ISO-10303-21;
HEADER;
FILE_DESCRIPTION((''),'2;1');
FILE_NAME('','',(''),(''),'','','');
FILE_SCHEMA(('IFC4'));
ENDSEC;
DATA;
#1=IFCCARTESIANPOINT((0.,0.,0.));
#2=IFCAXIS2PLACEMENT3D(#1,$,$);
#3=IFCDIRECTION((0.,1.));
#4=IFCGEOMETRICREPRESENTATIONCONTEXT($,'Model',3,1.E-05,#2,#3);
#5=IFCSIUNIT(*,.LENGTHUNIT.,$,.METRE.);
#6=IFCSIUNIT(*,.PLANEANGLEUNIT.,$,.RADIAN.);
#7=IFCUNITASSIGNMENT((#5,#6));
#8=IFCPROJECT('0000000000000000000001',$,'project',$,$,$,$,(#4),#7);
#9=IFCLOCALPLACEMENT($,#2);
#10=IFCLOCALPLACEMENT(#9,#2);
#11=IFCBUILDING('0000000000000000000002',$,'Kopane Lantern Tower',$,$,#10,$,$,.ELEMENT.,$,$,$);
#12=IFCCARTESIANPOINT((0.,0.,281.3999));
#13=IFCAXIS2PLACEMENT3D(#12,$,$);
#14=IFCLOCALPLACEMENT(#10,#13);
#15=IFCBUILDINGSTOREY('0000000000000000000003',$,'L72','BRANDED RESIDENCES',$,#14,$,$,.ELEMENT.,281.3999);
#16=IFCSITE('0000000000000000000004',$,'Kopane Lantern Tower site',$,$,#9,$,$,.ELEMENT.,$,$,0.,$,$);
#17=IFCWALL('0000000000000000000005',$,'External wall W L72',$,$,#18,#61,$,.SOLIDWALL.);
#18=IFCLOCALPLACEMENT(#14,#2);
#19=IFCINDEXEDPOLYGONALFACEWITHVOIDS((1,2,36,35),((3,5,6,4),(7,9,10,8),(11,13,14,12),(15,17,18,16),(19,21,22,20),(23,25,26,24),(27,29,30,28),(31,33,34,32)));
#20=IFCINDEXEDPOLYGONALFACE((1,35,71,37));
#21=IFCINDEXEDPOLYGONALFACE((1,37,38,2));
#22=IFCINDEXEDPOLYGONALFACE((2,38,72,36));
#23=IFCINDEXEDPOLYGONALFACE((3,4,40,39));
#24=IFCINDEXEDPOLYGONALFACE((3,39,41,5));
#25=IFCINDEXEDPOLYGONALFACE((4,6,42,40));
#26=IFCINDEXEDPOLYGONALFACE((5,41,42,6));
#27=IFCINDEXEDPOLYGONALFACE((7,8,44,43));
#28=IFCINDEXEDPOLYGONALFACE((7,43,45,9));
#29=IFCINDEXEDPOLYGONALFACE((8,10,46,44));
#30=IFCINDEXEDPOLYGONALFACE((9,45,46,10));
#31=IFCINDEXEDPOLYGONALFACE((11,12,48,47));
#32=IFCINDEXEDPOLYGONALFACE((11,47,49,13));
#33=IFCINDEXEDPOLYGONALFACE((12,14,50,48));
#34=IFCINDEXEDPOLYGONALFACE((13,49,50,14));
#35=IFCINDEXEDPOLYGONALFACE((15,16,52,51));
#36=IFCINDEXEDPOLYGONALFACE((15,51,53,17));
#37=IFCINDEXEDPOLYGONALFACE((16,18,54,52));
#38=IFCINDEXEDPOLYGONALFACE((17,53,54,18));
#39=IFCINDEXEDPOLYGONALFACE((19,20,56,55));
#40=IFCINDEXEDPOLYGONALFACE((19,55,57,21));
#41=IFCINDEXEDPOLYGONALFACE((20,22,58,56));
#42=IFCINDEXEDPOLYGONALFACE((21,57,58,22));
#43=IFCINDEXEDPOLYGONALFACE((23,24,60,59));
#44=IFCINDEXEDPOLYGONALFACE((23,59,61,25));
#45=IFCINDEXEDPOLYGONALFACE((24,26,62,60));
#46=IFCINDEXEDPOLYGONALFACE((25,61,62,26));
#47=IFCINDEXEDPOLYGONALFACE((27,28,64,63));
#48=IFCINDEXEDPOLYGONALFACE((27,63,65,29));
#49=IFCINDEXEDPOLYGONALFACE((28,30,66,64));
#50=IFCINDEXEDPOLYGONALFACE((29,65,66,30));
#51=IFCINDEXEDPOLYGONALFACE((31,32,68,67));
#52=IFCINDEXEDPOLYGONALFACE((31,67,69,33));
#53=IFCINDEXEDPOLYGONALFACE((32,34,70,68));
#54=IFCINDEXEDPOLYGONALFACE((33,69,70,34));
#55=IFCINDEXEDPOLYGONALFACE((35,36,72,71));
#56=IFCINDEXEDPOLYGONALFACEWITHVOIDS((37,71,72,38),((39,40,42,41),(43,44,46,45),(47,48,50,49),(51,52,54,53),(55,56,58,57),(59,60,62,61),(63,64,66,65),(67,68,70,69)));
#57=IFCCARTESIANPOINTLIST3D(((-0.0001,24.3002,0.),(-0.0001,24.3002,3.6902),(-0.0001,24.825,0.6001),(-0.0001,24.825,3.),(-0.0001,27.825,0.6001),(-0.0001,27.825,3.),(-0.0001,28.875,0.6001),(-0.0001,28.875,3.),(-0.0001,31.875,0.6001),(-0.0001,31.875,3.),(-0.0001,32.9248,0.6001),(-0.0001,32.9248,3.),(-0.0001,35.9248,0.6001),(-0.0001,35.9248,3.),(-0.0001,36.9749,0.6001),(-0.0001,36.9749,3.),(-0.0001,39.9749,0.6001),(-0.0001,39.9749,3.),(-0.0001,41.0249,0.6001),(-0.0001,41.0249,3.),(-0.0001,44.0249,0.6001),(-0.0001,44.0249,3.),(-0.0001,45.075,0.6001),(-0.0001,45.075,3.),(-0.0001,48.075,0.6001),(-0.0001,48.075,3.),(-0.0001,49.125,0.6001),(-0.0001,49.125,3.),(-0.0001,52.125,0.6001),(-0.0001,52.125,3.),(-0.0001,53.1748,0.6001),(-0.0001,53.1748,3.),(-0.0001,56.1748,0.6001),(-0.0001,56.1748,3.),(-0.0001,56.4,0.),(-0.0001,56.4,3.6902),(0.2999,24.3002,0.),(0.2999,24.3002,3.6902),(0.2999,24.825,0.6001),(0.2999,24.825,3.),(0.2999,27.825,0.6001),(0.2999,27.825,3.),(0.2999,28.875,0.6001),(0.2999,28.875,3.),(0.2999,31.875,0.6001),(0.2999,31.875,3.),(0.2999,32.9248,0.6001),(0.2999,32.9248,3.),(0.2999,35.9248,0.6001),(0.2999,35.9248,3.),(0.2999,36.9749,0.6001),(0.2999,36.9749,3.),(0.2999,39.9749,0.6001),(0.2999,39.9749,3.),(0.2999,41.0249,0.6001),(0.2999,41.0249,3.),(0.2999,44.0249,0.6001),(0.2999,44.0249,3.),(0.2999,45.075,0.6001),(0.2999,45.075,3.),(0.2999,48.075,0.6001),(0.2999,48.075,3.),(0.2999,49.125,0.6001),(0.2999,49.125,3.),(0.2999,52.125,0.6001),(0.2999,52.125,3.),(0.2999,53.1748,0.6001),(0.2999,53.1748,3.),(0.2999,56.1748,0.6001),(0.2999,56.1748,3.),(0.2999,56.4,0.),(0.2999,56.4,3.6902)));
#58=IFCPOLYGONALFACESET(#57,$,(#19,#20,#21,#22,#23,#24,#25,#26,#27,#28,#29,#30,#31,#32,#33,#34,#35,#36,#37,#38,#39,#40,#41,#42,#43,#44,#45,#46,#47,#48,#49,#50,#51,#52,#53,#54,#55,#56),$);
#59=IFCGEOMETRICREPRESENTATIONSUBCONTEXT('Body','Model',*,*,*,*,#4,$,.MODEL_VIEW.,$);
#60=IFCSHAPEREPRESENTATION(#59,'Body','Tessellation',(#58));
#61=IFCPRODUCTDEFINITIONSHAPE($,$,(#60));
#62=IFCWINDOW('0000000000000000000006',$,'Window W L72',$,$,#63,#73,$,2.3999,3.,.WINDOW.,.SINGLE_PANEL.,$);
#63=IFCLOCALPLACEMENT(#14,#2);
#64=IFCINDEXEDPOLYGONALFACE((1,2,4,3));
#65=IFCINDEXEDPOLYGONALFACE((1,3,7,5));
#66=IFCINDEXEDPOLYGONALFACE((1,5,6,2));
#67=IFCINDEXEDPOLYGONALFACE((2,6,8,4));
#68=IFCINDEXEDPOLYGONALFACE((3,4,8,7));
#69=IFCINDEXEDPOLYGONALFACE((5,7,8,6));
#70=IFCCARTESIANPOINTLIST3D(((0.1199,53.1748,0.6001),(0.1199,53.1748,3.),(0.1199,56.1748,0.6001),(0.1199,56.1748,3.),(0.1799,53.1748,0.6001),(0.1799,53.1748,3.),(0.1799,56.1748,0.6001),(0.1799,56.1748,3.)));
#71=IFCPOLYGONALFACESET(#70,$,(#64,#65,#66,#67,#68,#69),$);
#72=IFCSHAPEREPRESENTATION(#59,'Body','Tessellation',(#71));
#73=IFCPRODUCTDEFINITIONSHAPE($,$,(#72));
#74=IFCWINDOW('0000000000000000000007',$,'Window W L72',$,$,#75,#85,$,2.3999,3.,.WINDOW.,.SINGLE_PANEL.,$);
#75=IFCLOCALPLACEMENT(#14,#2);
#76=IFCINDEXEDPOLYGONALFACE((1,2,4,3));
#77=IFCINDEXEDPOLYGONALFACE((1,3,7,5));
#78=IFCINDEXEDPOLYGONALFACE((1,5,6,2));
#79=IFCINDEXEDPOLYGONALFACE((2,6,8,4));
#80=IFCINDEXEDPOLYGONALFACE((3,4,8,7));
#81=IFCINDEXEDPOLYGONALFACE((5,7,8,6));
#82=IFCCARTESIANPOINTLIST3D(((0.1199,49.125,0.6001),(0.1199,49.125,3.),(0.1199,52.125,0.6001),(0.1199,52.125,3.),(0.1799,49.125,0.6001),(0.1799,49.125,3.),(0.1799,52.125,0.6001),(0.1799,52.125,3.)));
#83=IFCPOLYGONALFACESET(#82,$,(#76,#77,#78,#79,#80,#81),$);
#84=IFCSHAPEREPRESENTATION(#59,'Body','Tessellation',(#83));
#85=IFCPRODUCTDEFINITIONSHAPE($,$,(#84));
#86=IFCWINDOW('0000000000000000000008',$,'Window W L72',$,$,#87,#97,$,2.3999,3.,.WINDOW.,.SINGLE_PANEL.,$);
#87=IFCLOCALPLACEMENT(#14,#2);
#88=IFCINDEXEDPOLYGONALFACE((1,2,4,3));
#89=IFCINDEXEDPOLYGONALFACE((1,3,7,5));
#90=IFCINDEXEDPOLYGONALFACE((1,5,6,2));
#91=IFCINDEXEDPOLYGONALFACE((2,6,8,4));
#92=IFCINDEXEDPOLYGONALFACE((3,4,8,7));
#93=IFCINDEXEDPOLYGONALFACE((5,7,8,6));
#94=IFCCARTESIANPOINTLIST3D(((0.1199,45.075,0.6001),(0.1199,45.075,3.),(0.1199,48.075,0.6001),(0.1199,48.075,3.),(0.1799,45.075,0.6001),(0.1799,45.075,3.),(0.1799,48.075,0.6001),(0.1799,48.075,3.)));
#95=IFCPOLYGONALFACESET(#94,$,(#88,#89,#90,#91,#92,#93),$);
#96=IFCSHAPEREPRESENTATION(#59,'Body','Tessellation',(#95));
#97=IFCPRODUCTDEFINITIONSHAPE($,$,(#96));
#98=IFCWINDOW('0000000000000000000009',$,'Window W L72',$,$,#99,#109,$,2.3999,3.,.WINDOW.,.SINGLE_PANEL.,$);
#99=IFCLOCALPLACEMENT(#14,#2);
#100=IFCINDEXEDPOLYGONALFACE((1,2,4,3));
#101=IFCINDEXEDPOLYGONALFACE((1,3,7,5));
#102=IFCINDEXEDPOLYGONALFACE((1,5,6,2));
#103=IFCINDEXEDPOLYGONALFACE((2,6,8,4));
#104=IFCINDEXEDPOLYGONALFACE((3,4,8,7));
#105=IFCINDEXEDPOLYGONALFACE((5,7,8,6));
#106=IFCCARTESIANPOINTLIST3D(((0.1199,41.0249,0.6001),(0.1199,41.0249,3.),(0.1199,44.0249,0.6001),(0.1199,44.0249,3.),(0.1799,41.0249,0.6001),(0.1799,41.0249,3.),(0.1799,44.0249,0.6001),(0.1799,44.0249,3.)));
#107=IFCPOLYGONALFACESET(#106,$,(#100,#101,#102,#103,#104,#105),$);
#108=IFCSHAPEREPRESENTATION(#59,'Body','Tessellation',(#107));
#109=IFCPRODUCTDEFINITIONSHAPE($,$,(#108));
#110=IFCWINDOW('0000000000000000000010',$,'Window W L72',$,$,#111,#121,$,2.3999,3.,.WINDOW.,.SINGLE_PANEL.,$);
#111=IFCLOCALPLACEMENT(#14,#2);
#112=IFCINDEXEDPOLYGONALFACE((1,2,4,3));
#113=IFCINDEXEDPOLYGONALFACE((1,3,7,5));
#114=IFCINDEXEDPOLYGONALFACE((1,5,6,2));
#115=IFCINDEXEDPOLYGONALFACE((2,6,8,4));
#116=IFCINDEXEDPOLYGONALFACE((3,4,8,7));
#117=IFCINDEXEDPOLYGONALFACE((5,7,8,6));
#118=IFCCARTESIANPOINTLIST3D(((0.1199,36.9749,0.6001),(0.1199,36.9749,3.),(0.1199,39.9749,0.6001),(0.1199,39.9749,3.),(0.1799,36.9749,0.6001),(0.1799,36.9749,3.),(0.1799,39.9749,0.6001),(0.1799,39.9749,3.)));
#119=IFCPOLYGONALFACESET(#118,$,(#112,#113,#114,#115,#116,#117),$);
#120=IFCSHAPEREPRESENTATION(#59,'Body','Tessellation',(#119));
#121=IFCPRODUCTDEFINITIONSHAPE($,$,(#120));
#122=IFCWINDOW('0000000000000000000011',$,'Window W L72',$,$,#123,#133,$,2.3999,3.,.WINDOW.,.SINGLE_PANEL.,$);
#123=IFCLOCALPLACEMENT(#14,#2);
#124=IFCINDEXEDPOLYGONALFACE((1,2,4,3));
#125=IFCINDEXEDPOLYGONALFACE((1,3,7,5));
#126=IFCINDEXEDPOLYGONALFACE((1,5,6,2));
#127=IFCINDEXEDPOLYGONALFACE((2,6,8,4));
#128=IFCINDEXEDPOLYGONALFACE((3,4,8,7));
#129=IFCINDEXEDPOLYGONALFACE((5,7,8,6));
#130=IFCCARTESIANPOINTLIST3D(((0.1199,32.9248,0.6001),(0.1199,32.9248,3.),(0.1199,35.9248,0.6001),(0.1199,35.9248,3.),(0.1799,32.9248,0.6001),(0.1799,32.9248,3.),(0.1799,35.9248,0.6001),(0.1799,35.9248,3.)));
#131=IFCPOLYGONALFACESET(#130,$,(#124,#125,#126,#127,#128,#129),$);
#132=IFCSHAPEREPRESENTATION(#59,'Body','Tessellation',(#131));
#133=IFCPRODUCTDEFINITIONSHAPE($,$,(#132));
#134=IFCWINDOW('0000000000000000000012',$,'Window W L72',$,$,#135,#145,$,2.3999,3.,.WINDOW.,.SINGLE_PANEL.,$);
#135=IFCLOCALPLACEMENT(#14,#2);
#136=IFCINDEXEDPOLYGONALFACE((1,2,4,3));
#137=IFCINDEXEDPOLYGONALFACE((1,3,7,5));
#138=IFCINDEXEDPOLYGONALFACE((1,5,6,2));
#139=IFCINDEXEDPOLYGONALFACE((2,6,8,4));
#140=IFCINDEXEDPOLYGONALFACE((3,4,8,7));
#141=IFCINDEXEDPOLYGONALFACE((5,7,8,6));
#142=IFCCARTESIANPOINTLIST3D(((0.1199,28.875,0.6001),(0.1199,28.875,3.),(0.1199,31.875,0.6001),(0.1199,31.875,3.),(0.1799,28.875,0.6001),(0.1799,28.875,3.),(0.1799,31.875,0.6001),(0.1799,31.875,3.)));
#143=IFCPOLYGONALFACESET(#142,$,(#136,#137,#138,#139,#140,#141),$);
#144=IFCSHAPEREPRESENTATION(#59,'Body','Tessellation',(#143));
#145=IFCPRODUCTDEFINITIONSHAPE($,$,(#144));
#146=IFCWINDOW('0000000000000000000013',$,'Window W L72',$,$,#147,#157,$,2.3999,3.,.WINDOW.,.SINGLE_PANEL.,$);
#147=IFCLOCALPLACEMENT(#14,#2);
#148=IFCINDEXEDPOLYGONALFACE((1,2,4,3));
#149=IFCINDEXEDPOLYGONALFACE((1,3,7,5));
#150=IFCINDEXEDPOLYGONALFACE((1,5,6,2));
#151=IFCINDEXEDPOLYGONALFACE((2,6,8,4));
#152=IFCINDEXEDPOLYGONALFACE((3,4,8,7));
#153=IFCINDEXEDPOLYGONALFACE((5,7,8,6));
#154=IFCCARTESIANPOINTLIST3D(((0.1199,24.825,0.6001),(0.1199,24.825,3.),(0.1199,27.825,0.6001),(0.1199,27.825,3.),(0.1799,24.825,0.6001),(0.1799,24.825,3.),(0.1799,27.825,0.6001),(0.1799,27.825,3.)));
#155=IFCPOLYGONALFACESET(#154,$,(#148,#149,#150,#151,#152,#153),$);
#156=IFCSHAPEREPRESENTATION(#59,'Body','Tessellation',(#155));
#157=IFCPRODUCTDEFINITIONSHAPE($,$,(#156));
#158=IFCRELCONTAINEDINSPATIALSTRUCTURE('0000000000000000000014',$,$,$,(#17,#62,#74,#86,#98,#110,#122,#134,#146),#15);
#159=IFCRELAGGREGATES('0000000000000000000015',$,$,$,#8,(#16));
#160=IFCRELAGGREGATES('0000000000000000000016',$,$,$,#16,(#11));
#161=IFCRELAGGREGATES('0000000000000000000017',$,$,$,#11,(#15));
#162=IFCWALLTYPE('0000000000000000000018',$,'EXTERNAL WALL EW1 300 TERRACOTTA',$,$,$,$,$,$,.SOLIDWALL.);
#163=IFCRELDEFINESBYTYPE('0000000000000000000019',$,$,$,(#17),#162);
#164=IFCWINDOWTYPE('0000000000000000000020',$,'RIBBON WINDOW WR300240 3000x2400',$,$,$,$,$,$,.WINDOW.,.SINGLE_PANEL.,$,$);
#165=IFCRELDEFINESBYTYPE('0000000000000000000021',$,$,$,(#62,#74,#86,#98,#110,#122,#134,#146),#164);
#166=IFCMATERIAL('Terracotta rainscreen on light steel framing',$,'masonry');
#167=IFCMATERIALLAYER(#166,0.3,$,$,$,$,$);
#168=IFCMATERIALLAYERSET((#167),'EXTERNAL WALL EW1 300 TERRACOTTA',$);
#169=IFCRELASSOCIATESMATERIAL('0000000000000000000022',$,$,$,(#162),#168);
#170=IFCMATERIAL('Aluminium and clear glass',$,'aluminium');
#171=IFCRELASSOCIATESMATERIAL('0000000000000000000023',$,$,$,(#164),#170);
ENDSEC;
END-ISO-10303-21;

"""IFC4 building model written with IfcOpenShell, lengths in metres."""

from ifc_helpers import new_model, si_unit, direction, frame, frame_2d, origin, place, context, subcontext, project, spatial, rectangle, extrude, material, layer, layer_set, type_object, element, fill, save


model = new_model("IFC4")

# Units and contexts
model_context = context("Model", 3, precision=1e-05, world=origin(), true_north=direction((0.0, 1.0)))
body_context = subcontext(model_context, "Body", "Model", "MODEL_VIEW")
ifc_project = project(units=[si_unit("LENGTHUNIT", "METRE"), si_unit("PLANEANGLEUNIT", "RADIAN")], contexts=[model_context])

# Site, building, storey
site_placement = place(None, origin())
site = spatial("IfcSite", under=ifc_project, at=site_placement, Name="Kopane Lantern Tower site", CompositionType="ELEMENT", RefElevation=0.0)
building_placement = place(site_placement, origin())
building = spatial("IfcBuilding", under=site, at=building_placement, Name="Kopane Lantern Tower", CompositionType="ELEMENT")
storey_placement = place(building_placement, frame((0.0, 0.0, 281.3999)))
storey = spatial("IfcBuildingStorey", under=building, at=storey_placement, Name="L72", Description="BRANDED RESIDENCES", CompositionType="ELEMENT", Elevation=281.3999)

# Shared definitions
ifc_material_1 = material(Name="Terracotta rainscreen on light steel framing", Category="masonry")
ifc_layer_1 = layer(ifc_material_1, 0.3)
ifc_layer_set_1 = layer_set([ifc_layer_1], Name="EXTERNAL WALL EW1 300 TERRACOTTA")
wall_type_1 = type_object("IfcWallType", Name="EXTERNAL WALL EW1 300 TERRACOTTA", PredefinedType="SOLIDWALL", material=ifc_layer_set_1)

# Wall, openings, windows
wall_1_placement = place(storey_placement, frame((0.1499, 56.3999, 0.0), z_axis=(0.0, 0.0, 1.0), x_axis=(0.0, -1.0, 0.0)))
wall_1 = element("IfcWall", 1, at=wall_1_placement, inside=storey, type_object=wall_type_1, Name="External wall W L72", PredefinedType="SOLIDWALL", context=body_context, shape_type="SweptSolid", body=[
    extrude(rectangle(XDim=32.0999, YDim=0.3, at=frame_2d((16.0498, 0.0))), origin(), (0.0, 0.0, 1.0), 3.6902),
])
opening_1_placement = place(wall_1_placement, frame((0.2251, 0.0, 0.6001)))
opening_1 = element("IfcOpeningElement", 2, at=opening_1_placement, cuts=wall_1, PredefinedType="OPENING", context=body_context, shape_type="SweptSolid", body=[
    extrude(rectangle(XDim=3.0, YDim=2.3999, at=frame_2d((1.5, 1.2))), frame((0.0, 0.1599, 0.0), z_axis=(0.0, -1.0, 0.0), x_axis=(1.0, 0.0, 0.0)), (0.0, 0.0, 1.0), 0.3201),
])
opening_2_placement = place(wall_1_placement, frame((4.2749, 0.0, 0.6001)))
opening_2 = element("IfcOpeningElement", 3, at=opening_2_placement, cuts=wall_1, PredefinedType="OPENING", context=body_context, shape_type="SweptSolid", body=[
    extrude(rectangle(XDim=3.0, YDim=2.3999, at=frame_2d((1.5, 1.2))), frame((0.0, 0.1599, 0.0), z_axis=(0.0, -1.0, 0.0), x_axis=(1.0, 0.0, 0.0)), (0.0, 0.0, 1.0), 0.3201),
])
opening_3_placement = place(wall_1_placement, frame((8.325, 0.0, 0.6001)))
opening_3 = element("IfcOpeningElement", 4, at=opening_3_placement, cuts=wall_1, PredefinedType="OPENING", context=body_context, shape_type="SweptSolid", body=[
    extrude(rectangle(XDim=3.0, YDim=2.3999, at=frame_2d((1.5, 1.2))), frame((0.0, 0.1599, 0.0), z_axis=(0.0, -1.0, 0.0), x_axis=(1.0, 0.0, 0.0)), (0.0, 0.0, 1.0), 0.3201),
])
opening_4_placement = place(wall_1_placement, frame((12.375, 0.0, 0.6001)))
opening_4 = element("IfcOpeningElement", 5, at=opening_4_placement, cuts=wall_1, PredefinedType="OPENING", context=body_context, shape_type="SweptSolid", body=[
    extrude(rectangle(XDim=3.0, YDim=2.3999, at=frame_2d((1.5, 1.2))), frame((0.0, 0.1599, 0.0), z_axis=(0.0, -1.0, 0.0), x_axis=(1.0, 0.0, 0.0)), (0.0, 0.0, 1.0), 0.3201),
])
opening_5_placement = place(wall_1_placement, frame((16.425, 0.0, 0.6001)))
opening_5 = element("IfcOpeningElement", 6, at=opening_5_placement, cuts=wall_1, PredefinedType="OPENING", context=body_context, shape_type="SweptSolid", body=[
    extrude(rectangle(XDim=3.0, YDim=2.3999, at=frame_2d((1.5, 1.2))), frame((0.0, 0.1599, 0.0), z_axis=(0.0, -1.0, 0.0), x_axis=(1.0, 0.0, 0.0)), (0.0, 0.0, 1.0), 0.3201),
])
opening_6_placement = place(wall_1_placement, frame((20.4751, 0.0, 0.6001)))
opening_6 = element("IfcOpeningElement", 7, at=opening_6_placement, cuts=wall_1, PredefinedType="OPENING", context=body_context, shape_type="SweptSolid", body=[
    extrude(rectangle(XDim=3.0, YDim=2.3999, at=frame_2d((1.5, 1.2))), frame((0.0, 0.1599, 0.0), z_axis=(0.0, -1.0, 0.0), x_axis=(1.0, 0.0, 0.0)), (0.0, 0.0, 1.0), 0.3201),
])
opening_7_placement = place(wall_1_placement, frame((24.5249, 0.0, 0.6001)))
opening_7 = element("IfcOpeningElement", 8, at=opening_7_placement, cuts=wall_1, PredefinedType="OPENING", context=body_context, shape_type="SweptSolid", body=[
    extrude(rectangle(XDim=3.0, YDim=2.3999, at=frame_2d((1.5, 1.2))), frame((0.0, 0.1599, 0.0), z_axis=(0.0, -1.0, 0.0), x_axis=(1.0, 0.0, 0.0)), (0.0, 0.0, 1.0), 0.3201),
])
opening_8_placement = place(wall_1_placement, frame((28.575, 0.0, 0.6001)))
opening_8 = element("IfcOpeningElement", 9, at=opening_8_placement, cuts=wall_1, PredefinedType="OPENING", context=body_context, shape_type="SweptSolid", body=[
    extrude(rectangle(XDim=3.0, YDim=2.3999, at=frame_2d((1.5, 1.2))), frame((0.0, 0.1599, 0.0), z_axis=(0.0, -1.0, 0.0), x_axis=(1.0, 0.0, 0.0)), (0.0, 0.0, 1.0), 0.3201),
])
ifc_material_2 = material(Name="Aluminium and clear glass", Category="aluminium")
window_type_1 = type_object("IfcWindowType", Name="RIBBON WINDOW WR300240 3000x2400", PartitioningType="SINGLE_PANEL", PredefinedType="WINDOW", material=ifc_material_2)
window_1_placement = place(opening_1_placement, origin())
window_1 = element("IfcWindow", 10, at=window_1_placement, inside=storey, type_object=window_type_1, Name="Window W L72", OverallHeight=2.3999, OverallWidth=3.0, PartitioningType="SINGLE_PANEL", PredefinedType="WINDOW", context=body_context, shape_type="SweptSolid", body=[
    extrude(rectangle(XDim=3.0, YDim=2.3999, at=frame_2d((1.5, 1.2))), frame((0.0, 0.03, 0.0), z_axis=(0.0, -1.0, 0.0), x_axis=(1.0, 0.0, 0.0)), (0.0, 0.0, 1.0), 0.0601),
])
fill(opening_1, window_1)
window_2_placement = place(opening_2_placement, origin())
window_2 = element("IfcWindow", 11, at=window_2_placement, inside=storey, type_object=window_type_1, Name="Window W L72", OverallHeight=2.3999, OverallWidth=3.0, PartitioningType="SINGLE_PANEL", PredefinedType="WINDOW", context=body_context, shape_type="SweptSolid", body=[
    extrude(rectangle(XDim=3.0, YDim=2.3999, at=frame_2d((1.5, 1.2))), frame((0.0, 0.03, 0.0), z_axis=(0.0, -1.0, 0.0), x_axis=(1.0, 0.0, 0.0)), (0.0, 0.0, 1.0), 0.0601),
])
fill(opening_2, window_2)
window_3_placement = place(opening_3_placement, origin())
window_3 = element("IfcWindow", 12, at=window_3_placement, inside=storey, type_object=window_type_1, Name="Window W L72", OverallHeight=2.3999, OverallWidth=3.0, PartitioningType="SINGLE_PANEL", PredefinedType="WINDOW", context=body_context, shape_type="SweptSolid", body=[
    extrude(rectangle(XDim=3.0, YDim=2.3999, at=frame_2d((1.5, 1.2))), frame((0.0, 0.03, 0.0), z_axis=(0.0, -1.0, 0.0), x_axis=(1.0, 0.0, 0.0)), (0.0, 0.0, 1.0), 0.0601),
])
fill(opening_3, window_3)
window_4_placement = place(opening_4_placement, origin())
window_4 = element("IfcWindow", 13, at=window_4_placement, inside=storey, type_object=window_type_1, Name="Window W L72", OverallHeight=2.3999, OverallWidth=3.0, PartitioningType="SINGLE_PANEL", PredefinedType="WINDOW", context=body_context, shape_type="SweptSolid", body=[
    extrude(rectangle(XDim=3.0, YDim=2.3999, at=frame_2d((1.5, 1.2))), frame((0.0, 0.03, 0.0), z_axis=(0.0, -1.0, 0.0), x_axis=(1.0, 0.0, 0.0)), (0.0, 0.0, 1.0), 0.0601),
])
fill(opening_4, window_4)
window_5_placement = place(opening_5_placement, origin())
window_5 = element("IfcWindow", 14, at=window_5_placement, inside=storey, type_object=window_type_1, Name="Window W L72", OverallHeight=2.3999, OverallWidth=3.0, PartitioningType="SINGLE_PANEL", PredefinedType="WINDOW", context=body_context, shape_type="SweptSolid", body=[
    extrude(rectangle(XDim=3.0, YDim=2.3999, at=frame_2d((1.5, 1.2))), frame((0.0, 0.03, 0.0), z_axis=(0.0, -1.0, 0.0), x_axis=(1.0, 0.0, 0.0)), (0.0, 0.0, 1.0), 0.0601),
])
fill(opening_5, window_5)
window_6_placement = place(opening_6_placement, origin())
window_6 = element("IfcWindow", 15, at=window_6_placement, inside=storey, type_object=window_type_1, Name="Window W L72", OverallHeight=2.3999, OverallWidth=3.0, PartitioningType="SINGLE_PANEL", PredefinedType="WINDOW", context=body_context, shape_type="SweptSolid", body=[
    extrude(rectangle(XDim=3.0, YDim=2.3999, at=frame_2d((1.5, 1.2))), frame((0.0, 0.03, 0.0), z_axis=(0.0, -1.0, 0.0), x_axis=(1.0, 0.0, 0.0)), (0.0, 0.0, 1.0), 0.0601),
])
fill(opening_6, window_6)
window_7_placement = place(opening_7_placement, origin())
window_7 = element("IfcWindow", 16, at=window_7_placement, inside=storey, type_object=window_type_1, Name="Window W L72", OverallHeight=2.3999, OverallWidth=3.0, PartitioningType="SINGLE_PANEL", PredefinedType="WINDOW", context=body_context, shape_type="SweptSolid", body=[
    extrude(rectangle(XDim=3.0, YDim=2.3999, at=frame_2d((1.5, 1.2))), frame((0.0, 0.03, 0.0), z_axis=(0.0, -1.0, 0.0), x_axis=(1.0, 0.0, 0.0)), (0.0, 0.0, 1.0), 0.0601),
])
fill(opening_7, window_7)
window_8_placement = place(opening_8_placement, origin())
window_8 = element("IfcWindow", 17, at=window_8_placement, inside=storey, type_object=window_type_1, Name="Window W L72", OverallHeight=2.3999, OverallWidth=3.0, PartitioningType="SINGLE_PANEL", PredefinedType="WINDOW", context=body_context, shape_type="SweptSolid", body=[
    extrude(rectangle(XDim=3.0, YDim=2.3999, at=frame_2d((1.5, 1.2))), frame((0.0, 0.03, 0.0), z_axis=(0.0, -1.0, 0.0), x_axis=(1.0, 0.0, 0.0)), (0.0, 0.0, 1.0), 0.0601),
])
fill(opening_8, window_8)

save(model, "model.ifc")
